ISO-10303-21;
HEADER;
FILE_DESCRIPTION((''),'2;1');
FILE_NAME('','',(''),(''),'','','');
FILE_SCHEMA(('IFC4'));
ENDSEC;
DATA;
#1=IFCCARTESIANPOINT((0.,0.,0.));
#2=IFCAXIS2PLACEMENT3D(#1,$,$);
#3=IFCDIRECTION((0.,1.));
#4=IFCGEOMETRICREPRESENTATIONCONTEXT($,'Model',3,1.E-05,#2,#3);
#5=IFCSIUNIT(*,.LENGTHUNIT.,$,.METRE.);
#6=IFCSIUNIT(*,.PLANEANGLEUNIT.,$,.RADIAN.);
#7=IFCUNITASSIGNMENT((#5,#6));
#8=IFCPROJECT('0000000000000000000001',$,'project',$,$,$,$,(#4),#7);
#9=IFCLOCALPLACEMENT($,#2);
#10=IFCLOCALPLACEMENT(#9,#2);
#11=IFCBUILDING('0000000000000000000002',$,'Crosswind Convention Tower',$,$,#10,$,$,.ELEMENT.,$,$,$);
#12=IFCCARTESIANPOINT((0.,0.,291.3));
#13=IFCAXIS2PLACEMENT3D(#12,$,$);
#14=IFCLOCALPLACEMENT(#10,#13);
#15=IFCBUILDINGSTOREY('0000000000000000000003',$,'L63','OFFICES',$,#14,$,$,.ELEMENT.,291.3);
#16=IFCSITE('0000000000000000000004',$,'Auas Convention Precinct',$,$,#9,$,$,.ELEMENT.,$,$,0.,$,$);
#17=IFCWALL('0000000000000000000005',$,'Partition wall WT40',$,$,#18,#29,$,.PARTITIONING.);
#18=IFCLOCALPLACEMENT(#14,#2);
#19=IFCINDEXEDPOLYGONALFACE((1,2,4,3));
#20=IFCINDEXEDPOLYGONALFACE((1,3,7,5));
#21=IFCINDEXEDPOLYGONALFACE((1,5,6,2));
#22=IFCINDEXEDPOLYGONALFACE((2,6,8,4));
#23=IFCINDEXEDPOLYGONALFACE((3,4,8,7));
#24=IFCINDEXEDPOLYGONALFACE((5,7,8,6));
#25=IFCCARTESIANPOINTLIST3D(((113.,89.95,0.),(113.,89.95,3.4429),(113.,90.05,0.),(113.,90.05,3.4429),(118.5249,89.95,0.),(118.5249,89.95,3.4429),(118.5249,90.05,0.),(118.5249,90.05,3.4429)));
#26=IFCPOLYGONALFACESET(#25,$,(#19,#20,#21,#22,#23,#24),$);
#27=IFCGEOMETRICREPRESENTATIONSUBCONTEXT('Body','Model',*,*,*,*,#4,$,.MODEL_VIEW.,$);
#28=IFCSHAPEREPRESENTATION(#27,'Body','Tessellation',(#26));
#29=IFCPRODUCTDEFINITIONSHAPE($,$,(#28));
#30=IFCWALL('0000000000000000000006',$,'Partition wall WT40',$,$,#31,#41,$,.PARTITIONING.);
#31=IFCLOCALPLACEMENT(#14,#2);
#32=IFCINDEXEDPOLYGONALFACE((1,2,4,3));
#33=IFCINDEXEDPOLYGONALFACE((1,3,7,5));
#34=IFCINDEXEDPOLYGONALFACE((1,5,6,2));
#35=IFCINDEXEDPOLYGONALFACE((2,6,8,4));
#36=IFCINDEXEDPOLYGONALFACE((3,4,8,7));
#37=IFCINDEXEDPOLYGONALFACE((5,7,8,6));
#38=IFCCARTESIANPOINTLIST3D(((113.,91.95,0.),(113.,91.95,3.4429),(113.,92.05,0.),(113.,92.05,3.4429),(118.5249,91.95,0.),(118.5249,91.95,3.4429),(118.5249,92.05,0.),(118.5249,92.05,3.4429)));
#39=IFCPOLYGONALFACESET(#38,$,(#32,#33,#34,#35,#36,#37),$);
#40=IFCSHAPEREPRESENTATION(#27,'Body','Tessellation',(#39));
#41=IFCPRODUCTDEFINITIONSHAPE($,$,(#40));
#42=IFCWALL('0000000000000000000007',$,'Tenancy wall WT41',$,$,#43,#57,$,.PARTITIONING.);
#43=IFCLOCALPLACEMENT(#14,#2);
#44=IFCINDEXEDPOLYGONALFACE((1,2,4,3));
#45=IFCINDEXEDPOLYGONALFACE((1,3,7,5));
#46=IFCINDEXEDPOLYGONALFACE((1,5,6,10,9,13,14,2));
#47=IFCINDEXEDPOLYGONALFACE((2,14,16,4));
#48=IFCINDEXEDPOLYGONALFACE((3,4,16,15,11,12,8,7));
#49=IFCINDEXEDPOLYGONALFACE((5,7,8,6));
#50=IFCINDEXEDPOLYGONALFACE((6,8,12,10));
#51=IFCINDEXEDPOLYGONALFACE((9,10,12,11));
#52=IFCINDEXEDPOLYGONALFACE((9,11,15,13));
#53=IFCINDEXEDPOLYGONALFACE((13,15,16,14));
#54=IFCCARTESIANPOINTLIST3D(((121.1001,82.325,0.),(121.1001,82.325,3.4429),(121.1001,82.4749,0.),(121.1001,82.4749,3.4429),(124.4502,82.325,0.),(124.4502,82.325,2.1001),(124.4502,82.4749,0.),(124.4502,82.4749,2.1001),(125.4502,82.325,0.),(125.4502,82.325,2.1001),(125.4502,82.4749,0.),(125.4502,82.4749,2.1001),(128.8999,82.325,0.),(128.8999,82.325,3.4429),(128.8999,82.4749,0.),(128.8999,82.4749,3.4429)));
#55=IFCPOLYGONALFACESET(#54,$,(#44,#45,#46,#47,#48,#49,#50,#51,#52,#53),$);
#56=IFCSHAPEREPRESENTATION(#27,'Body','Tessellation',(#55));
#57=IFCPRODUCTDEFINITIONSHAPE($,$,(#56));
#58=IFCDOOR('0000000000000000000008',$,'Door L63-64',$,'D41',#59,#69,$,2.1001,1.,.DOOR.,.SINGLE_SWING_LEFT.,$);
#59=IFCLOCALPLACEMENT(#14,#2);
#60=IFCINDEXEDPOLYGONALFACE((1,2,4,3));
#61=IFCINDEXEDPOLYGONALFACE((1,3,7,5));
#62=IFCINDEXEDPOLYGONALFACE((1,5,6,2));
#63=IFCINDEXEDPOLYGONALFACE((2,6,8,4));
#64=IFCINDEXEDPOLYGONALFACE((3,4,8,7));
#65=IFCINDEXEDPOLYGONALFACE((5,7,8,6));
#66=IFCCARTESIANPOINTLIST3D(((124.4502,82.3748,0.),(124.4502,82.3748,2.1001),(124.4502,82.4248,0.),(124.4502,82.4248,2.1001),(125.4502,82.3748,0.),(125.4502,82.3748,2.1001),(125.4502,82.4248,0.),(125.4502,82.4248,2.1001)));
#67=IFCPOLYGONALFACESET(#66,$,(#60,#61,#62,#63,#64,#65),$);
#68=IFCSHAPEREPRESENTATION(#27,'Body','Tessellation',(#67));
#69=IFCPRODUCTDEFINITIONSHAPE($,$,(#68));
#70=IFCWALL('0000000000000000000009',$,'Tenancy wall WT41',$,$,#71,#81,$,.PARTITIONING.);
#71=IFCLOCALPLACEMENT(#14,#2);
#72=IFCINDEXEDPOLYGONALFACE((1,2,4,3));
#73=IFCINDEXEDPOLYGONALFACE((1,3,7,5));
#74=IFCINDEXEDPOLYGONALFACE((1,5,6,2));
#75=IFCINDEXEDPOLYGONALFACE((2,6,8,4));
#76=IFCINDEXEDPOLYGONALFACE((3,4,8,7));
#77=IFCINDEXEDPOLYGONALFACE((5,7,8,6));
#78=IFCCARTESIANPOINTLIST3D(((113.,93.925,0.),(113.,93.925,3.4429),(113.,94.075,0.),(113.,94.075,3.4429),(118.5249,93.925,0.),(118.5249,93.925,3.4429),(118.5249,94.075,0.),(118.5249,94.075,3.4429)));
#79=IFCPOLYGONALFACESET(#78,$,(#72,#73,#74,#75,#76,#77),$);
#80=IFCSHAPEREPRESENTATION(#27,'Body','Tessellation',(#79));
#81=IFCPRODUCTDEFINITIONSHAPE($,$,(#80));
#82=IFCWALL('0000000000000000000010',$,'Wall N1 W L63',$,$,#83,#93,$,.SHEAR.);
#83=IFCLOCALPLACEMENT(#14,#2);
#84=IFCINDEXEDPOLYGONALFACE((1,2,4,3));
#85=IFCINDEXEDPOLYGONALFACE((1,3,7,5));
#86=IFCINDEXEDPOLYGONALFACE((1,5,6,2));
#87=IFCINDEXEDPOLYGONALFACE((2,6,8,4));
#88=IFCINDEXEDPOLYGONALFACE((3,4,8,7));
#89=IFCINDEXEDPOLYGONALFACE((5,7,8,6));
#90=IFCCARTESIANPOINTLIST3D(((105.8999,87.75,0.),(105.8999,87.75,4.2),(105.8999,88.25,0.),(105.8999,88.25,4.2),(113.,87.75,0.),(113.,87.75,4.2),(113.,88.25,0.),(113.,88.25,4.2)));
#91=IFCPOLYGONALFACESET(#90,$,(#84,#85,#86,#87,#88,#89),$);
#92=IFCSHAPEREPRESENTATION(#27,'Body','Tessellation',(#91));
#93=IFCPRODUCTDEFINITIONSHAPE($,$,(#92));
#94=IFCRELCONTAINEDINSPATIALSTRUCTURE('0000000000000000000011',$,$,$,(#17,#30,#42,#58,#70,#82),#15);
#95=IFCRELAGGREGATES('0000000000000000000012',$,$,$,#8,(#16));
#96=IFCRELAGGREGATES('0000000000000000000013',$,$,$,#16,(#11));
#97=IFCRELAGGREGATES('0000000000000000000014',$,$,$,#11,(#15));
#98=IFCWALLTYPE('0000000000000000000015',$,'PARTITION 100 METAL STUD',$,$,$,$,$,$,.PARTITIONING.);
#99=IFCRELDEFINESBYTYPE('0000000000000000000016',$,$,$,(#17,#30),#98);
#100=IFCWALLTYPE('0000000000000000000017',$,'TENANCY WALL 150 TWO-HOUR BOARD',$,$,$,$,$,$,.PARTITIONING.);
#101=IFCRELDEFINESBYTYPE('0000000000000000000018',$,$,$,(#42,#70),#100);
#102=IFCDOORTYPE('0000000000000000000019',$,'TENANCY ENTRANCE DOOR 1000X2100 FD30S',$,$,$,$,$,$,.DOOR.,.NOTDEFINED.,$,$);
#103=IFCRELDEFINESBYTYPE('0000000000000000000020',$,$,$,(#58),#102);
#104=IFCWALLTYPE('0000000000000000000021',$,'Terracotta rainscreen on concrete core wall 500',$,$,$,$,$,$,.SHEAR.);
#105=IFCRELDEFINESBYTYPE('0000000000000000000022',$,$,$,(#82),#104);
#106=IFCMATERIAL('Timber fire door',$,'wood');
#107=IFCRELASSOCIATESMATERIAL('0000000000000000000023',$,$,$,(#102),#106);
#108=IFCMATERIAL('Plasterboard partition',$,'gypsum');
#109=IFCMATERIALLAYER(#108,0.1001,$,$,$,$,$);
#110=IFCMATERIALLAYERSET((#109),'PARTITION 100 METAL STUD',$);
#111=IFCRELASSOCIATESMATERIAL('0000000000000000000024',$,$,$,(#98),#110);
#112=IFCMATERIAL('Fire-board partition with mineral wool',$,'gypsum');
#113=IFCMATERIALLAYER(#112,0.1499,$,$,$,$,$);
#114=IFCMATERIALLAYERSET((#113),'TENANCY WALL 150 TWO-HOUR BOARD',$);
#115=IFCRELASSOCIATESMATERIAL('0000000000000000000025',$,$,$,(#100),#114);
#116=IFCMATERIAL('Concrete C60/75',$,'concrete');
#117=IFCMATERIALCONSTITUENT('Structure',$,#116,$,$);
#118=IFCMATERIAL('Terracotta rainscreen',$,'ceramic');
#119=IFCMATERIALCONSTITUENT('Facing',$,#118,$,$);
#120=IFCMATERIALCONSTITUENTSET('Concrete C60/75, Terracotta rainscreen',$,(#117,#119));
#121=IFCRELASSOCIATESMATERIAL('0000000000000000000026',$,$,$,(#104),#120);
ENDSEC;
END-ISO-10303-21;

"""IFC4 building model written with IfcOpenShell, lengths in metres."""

from ifc_helpers import new_model, si_unit, direction, frame, frame_2d, origin, place, context, subcontext, project, spatial, rectangle, extrude, material, layer, layer_set, constituent, constituent_set, type_object, element, fill, save


model = new_model("IFC4")

# Units and contexts
model_context = context("Model", 3, precision=1e-05, world=origin(), true_north=direction((0.0, 1.0)))
body_context = subcontext(model_context, "Body", "Model", "MODEL_VIEW")
ifc_project = project(units=[si_unit("LENGTHUNIT", "METRE"), si_unit("PLANEANGLEUNIT", "RADIAN")], contexts=[model_context])

# Site, building, storey
site_placement = place(None, origin())
site = spatial("IfcSite", under=ifc_project, at=site_placement, Name="Auas Convention Precinct", CompositionType="ELEMENT", RefElevation=0.0)
building_placement = place(site_placement, origin())
building = spatial("IfcBuilding", under=site, at=building_placement, Name="Crosswind Convention Tower", CompositionType="ELEMENT")
storey_placement = place(building_placement, frame((0.0, 0.0, 291.3)))
storey = spatial("IfcBuildingStorey", under=building, at=storey_placement, Name="L63", Description="OFFICES", CompositionType="ELEMENT", Elevation=291.3)

# Shared definitions
ifc_material_1 = material(Name="Concrete C60/75", Category="concrete")

# Shared definitions
ifc_material_2 = material(Name="Timber fire door", Category="wood")
door_type_1 = type_object("IfcDoorType", Name="TENANCY ENTRANCE DOOR 1000X2100 FD30S", OperationType="NOTDEFINED", PredefinedType="DOOR", material=ifc_material_2)

# Walls
ifc_material_3 = material(Name="Plasterboard partition", Category="gypsum")
ifc_layer_1 = layer(ifc_material_3, 0.1001)
ifc_layer_set_1 = layer_set([ifc_layer_1], Name="PARTITION 100 METAL STUD")
wall_type_1 = type_object("IfcWallType", Name="PARTITION 100 METAL STUD", PredefinedType="PARTITIONING", material=ifc_layer_set_1)
for number, where, z_axis, x_axis, name in (
    (1, (113.0, 90.0, 0.0), (0.0, 0.0, 1.0), (1.0, 0.0, 0.0), "Partition wall WT40"),
    (2, (113.0, 92.0, 0.0), (0.0, 0.0, 1.0), (1.0, 0.0, 0.0), "Partition wall WT40"),
):
    element("IfcWall", number, at=place(storey_placement, frame(where, z_axis=z_axis, x_axis=x_axis)), inside=storey, type_object=wall_type_1, Name=name, PredefinedType="PARTITIONING", context=body_context, shape_type="SweptSolid", body=[
        extrude(rectangle(XDim=5.5249, YDim=0.1001, at=frame_2d((2.7625, 0.0))), origin(), (0.0, 0.0, 1.0), 3.4429),
    ])

# Wall, opening, door
ifc_material_4 = material(Name="Fire-board partition with mineral wool", Category="gypsum")
ifc_layer_2 = layer(ifc_material_4, 0.1499)
ifc_layer_set_2 = layer_set([ifc_layer_2], Name="TENANCY WALL 150 TWO-HOUR BOARD")
wall_type_2 = type_object("IfcWallType", Name="TENANCY WALL 150 TWO-HOUR BOARD", PredefinedType="PARTITIONING", material=ifc_layer_set_2)
wall_1_placement = place(storey_placement, frame((121.1001, 82.3999, 0.0), z_axis=(0.0, 0.0, 1.0), x_axis=(1.0, 0.0, 0.0)))
wall_1 = element("IfcWall", 3, at=wall_1_placement, inside=storey, type_object=wall_type_2, Name="Tenancy wall WT41", PredefinedType="PARTITIONING", context=body_context, shape_type="SweptSolid", body=[
    extrude(rectangle(XDim=7.7998, YDim=0.1499, at=frame_2d((3.8999, 0.0))), origin(), (0.0, 0.0, 1.0), 3.4429),
])
opening_1_placement = place(wall_1_placement, frame((3.3501, 0.0, 0.0)))
opening_1 = element("IfcOpeningElement", 4, at=opening_1_placement, cuts=wall_1, PredefinedType="OPENING", context=body_context, shape_type="SweptSolid", body=[
    extrude(rectangle(XDim=1.0, YDim=2.1001, at=frame_2d((0.5, 1.05))), frame((0.0, 0.085, 0.0), z_axis=(0.0, -1.0, 0.0), x_axis=(1.0, 0.0, 0.0)), (0.0, 0.0, 1.0), 0.1699),
])
door_1_placement = place(opening_1_placement, origin())
door_1 = element("IfcDoor", 5, at=door_1_placement, inside=storey, type_object=door_type_1, Name="Door L63-64", ObjectType="D41", OperationType="SINGLE_SWING_LEFT", OverallHeight=2.1001, OverallWidth=1.0, PredefinedType="DOOR", context=body_context, shape_type="SweptSolid", body=[
    extrude(rectangle(XDim=1.0, YDim=2.1001, at=frame_2d((0.5, 1.05))), frame((0.0, 0.0249, 0.0), z_axis=(0.0, -1.0, 0.0), x_axis=(1.0, 0.0, 0.0)), (0.0, 0.0, 1.0), 0.05),
])
fill(opening_1, door_1)

# Walls
wall_2_placement = place(storey_placement, frame((113.0, 94.0, 0.0), z_axis=(0.0, 0.0, 1.0), x_axis=(1.0, 0.0, 0.0)))
element("IfcWall", 6, at=wall_2_placement, inside=storey, type_object=wall_type_2, Name="Tenancy wall WT41", PredefinedType="PARTITIONING", context=body_context, shape_type="SweptSolid", body=[
    extrude(rectangle(XDim=5.5249, YDim=0.1499, at=frame_2d((2.7625, 0.0))), origin(), (0.0, 0.0, 1.0), 3.4429),
])
ifc_constituent_1 = constituent(ifc_material_1, Name="Structure")
ifc_material_5 = material(Name="Terracotta rainscreen", Category="ceramic")
ifc_constituent_2 = constituent(ifc_material_5, Name="Facing")
ifc_constituent_set = constituent_set(constituents=[ifc_constituent_1, ifc_constituent_2], Name="Concrete C60/75, Terracotta rainscreen")
wall_type_3 = type_object("IfcWallType", Name="Terracotta rainscreen on concrete core wall 500", PredefinedType="SHEAR", material=ifc_constituent_set)
wall_3_placement = place(storey_placement, frame((113.0, 88.0, 0.0), z_axis=(0.0, 0.0, 1.0), x_axis=(-1.0, 0.0, 0.0)))
element("IfcWall", 7, at=wall_3_placement, inside=storey, type_object=wall_type_3, Name="Wall N1 W L63", PredefinedType="SHEAR", context=body_context, shape_type="SweptSolid", body=[
    extrude(rectangle(XDim=7.1001, YDim=0.5, at=frame_2d((3.55, 0.0))), origin(), (0.0, 0.0, 1.0), 4.2),
])

save(model, "model.ifc")
